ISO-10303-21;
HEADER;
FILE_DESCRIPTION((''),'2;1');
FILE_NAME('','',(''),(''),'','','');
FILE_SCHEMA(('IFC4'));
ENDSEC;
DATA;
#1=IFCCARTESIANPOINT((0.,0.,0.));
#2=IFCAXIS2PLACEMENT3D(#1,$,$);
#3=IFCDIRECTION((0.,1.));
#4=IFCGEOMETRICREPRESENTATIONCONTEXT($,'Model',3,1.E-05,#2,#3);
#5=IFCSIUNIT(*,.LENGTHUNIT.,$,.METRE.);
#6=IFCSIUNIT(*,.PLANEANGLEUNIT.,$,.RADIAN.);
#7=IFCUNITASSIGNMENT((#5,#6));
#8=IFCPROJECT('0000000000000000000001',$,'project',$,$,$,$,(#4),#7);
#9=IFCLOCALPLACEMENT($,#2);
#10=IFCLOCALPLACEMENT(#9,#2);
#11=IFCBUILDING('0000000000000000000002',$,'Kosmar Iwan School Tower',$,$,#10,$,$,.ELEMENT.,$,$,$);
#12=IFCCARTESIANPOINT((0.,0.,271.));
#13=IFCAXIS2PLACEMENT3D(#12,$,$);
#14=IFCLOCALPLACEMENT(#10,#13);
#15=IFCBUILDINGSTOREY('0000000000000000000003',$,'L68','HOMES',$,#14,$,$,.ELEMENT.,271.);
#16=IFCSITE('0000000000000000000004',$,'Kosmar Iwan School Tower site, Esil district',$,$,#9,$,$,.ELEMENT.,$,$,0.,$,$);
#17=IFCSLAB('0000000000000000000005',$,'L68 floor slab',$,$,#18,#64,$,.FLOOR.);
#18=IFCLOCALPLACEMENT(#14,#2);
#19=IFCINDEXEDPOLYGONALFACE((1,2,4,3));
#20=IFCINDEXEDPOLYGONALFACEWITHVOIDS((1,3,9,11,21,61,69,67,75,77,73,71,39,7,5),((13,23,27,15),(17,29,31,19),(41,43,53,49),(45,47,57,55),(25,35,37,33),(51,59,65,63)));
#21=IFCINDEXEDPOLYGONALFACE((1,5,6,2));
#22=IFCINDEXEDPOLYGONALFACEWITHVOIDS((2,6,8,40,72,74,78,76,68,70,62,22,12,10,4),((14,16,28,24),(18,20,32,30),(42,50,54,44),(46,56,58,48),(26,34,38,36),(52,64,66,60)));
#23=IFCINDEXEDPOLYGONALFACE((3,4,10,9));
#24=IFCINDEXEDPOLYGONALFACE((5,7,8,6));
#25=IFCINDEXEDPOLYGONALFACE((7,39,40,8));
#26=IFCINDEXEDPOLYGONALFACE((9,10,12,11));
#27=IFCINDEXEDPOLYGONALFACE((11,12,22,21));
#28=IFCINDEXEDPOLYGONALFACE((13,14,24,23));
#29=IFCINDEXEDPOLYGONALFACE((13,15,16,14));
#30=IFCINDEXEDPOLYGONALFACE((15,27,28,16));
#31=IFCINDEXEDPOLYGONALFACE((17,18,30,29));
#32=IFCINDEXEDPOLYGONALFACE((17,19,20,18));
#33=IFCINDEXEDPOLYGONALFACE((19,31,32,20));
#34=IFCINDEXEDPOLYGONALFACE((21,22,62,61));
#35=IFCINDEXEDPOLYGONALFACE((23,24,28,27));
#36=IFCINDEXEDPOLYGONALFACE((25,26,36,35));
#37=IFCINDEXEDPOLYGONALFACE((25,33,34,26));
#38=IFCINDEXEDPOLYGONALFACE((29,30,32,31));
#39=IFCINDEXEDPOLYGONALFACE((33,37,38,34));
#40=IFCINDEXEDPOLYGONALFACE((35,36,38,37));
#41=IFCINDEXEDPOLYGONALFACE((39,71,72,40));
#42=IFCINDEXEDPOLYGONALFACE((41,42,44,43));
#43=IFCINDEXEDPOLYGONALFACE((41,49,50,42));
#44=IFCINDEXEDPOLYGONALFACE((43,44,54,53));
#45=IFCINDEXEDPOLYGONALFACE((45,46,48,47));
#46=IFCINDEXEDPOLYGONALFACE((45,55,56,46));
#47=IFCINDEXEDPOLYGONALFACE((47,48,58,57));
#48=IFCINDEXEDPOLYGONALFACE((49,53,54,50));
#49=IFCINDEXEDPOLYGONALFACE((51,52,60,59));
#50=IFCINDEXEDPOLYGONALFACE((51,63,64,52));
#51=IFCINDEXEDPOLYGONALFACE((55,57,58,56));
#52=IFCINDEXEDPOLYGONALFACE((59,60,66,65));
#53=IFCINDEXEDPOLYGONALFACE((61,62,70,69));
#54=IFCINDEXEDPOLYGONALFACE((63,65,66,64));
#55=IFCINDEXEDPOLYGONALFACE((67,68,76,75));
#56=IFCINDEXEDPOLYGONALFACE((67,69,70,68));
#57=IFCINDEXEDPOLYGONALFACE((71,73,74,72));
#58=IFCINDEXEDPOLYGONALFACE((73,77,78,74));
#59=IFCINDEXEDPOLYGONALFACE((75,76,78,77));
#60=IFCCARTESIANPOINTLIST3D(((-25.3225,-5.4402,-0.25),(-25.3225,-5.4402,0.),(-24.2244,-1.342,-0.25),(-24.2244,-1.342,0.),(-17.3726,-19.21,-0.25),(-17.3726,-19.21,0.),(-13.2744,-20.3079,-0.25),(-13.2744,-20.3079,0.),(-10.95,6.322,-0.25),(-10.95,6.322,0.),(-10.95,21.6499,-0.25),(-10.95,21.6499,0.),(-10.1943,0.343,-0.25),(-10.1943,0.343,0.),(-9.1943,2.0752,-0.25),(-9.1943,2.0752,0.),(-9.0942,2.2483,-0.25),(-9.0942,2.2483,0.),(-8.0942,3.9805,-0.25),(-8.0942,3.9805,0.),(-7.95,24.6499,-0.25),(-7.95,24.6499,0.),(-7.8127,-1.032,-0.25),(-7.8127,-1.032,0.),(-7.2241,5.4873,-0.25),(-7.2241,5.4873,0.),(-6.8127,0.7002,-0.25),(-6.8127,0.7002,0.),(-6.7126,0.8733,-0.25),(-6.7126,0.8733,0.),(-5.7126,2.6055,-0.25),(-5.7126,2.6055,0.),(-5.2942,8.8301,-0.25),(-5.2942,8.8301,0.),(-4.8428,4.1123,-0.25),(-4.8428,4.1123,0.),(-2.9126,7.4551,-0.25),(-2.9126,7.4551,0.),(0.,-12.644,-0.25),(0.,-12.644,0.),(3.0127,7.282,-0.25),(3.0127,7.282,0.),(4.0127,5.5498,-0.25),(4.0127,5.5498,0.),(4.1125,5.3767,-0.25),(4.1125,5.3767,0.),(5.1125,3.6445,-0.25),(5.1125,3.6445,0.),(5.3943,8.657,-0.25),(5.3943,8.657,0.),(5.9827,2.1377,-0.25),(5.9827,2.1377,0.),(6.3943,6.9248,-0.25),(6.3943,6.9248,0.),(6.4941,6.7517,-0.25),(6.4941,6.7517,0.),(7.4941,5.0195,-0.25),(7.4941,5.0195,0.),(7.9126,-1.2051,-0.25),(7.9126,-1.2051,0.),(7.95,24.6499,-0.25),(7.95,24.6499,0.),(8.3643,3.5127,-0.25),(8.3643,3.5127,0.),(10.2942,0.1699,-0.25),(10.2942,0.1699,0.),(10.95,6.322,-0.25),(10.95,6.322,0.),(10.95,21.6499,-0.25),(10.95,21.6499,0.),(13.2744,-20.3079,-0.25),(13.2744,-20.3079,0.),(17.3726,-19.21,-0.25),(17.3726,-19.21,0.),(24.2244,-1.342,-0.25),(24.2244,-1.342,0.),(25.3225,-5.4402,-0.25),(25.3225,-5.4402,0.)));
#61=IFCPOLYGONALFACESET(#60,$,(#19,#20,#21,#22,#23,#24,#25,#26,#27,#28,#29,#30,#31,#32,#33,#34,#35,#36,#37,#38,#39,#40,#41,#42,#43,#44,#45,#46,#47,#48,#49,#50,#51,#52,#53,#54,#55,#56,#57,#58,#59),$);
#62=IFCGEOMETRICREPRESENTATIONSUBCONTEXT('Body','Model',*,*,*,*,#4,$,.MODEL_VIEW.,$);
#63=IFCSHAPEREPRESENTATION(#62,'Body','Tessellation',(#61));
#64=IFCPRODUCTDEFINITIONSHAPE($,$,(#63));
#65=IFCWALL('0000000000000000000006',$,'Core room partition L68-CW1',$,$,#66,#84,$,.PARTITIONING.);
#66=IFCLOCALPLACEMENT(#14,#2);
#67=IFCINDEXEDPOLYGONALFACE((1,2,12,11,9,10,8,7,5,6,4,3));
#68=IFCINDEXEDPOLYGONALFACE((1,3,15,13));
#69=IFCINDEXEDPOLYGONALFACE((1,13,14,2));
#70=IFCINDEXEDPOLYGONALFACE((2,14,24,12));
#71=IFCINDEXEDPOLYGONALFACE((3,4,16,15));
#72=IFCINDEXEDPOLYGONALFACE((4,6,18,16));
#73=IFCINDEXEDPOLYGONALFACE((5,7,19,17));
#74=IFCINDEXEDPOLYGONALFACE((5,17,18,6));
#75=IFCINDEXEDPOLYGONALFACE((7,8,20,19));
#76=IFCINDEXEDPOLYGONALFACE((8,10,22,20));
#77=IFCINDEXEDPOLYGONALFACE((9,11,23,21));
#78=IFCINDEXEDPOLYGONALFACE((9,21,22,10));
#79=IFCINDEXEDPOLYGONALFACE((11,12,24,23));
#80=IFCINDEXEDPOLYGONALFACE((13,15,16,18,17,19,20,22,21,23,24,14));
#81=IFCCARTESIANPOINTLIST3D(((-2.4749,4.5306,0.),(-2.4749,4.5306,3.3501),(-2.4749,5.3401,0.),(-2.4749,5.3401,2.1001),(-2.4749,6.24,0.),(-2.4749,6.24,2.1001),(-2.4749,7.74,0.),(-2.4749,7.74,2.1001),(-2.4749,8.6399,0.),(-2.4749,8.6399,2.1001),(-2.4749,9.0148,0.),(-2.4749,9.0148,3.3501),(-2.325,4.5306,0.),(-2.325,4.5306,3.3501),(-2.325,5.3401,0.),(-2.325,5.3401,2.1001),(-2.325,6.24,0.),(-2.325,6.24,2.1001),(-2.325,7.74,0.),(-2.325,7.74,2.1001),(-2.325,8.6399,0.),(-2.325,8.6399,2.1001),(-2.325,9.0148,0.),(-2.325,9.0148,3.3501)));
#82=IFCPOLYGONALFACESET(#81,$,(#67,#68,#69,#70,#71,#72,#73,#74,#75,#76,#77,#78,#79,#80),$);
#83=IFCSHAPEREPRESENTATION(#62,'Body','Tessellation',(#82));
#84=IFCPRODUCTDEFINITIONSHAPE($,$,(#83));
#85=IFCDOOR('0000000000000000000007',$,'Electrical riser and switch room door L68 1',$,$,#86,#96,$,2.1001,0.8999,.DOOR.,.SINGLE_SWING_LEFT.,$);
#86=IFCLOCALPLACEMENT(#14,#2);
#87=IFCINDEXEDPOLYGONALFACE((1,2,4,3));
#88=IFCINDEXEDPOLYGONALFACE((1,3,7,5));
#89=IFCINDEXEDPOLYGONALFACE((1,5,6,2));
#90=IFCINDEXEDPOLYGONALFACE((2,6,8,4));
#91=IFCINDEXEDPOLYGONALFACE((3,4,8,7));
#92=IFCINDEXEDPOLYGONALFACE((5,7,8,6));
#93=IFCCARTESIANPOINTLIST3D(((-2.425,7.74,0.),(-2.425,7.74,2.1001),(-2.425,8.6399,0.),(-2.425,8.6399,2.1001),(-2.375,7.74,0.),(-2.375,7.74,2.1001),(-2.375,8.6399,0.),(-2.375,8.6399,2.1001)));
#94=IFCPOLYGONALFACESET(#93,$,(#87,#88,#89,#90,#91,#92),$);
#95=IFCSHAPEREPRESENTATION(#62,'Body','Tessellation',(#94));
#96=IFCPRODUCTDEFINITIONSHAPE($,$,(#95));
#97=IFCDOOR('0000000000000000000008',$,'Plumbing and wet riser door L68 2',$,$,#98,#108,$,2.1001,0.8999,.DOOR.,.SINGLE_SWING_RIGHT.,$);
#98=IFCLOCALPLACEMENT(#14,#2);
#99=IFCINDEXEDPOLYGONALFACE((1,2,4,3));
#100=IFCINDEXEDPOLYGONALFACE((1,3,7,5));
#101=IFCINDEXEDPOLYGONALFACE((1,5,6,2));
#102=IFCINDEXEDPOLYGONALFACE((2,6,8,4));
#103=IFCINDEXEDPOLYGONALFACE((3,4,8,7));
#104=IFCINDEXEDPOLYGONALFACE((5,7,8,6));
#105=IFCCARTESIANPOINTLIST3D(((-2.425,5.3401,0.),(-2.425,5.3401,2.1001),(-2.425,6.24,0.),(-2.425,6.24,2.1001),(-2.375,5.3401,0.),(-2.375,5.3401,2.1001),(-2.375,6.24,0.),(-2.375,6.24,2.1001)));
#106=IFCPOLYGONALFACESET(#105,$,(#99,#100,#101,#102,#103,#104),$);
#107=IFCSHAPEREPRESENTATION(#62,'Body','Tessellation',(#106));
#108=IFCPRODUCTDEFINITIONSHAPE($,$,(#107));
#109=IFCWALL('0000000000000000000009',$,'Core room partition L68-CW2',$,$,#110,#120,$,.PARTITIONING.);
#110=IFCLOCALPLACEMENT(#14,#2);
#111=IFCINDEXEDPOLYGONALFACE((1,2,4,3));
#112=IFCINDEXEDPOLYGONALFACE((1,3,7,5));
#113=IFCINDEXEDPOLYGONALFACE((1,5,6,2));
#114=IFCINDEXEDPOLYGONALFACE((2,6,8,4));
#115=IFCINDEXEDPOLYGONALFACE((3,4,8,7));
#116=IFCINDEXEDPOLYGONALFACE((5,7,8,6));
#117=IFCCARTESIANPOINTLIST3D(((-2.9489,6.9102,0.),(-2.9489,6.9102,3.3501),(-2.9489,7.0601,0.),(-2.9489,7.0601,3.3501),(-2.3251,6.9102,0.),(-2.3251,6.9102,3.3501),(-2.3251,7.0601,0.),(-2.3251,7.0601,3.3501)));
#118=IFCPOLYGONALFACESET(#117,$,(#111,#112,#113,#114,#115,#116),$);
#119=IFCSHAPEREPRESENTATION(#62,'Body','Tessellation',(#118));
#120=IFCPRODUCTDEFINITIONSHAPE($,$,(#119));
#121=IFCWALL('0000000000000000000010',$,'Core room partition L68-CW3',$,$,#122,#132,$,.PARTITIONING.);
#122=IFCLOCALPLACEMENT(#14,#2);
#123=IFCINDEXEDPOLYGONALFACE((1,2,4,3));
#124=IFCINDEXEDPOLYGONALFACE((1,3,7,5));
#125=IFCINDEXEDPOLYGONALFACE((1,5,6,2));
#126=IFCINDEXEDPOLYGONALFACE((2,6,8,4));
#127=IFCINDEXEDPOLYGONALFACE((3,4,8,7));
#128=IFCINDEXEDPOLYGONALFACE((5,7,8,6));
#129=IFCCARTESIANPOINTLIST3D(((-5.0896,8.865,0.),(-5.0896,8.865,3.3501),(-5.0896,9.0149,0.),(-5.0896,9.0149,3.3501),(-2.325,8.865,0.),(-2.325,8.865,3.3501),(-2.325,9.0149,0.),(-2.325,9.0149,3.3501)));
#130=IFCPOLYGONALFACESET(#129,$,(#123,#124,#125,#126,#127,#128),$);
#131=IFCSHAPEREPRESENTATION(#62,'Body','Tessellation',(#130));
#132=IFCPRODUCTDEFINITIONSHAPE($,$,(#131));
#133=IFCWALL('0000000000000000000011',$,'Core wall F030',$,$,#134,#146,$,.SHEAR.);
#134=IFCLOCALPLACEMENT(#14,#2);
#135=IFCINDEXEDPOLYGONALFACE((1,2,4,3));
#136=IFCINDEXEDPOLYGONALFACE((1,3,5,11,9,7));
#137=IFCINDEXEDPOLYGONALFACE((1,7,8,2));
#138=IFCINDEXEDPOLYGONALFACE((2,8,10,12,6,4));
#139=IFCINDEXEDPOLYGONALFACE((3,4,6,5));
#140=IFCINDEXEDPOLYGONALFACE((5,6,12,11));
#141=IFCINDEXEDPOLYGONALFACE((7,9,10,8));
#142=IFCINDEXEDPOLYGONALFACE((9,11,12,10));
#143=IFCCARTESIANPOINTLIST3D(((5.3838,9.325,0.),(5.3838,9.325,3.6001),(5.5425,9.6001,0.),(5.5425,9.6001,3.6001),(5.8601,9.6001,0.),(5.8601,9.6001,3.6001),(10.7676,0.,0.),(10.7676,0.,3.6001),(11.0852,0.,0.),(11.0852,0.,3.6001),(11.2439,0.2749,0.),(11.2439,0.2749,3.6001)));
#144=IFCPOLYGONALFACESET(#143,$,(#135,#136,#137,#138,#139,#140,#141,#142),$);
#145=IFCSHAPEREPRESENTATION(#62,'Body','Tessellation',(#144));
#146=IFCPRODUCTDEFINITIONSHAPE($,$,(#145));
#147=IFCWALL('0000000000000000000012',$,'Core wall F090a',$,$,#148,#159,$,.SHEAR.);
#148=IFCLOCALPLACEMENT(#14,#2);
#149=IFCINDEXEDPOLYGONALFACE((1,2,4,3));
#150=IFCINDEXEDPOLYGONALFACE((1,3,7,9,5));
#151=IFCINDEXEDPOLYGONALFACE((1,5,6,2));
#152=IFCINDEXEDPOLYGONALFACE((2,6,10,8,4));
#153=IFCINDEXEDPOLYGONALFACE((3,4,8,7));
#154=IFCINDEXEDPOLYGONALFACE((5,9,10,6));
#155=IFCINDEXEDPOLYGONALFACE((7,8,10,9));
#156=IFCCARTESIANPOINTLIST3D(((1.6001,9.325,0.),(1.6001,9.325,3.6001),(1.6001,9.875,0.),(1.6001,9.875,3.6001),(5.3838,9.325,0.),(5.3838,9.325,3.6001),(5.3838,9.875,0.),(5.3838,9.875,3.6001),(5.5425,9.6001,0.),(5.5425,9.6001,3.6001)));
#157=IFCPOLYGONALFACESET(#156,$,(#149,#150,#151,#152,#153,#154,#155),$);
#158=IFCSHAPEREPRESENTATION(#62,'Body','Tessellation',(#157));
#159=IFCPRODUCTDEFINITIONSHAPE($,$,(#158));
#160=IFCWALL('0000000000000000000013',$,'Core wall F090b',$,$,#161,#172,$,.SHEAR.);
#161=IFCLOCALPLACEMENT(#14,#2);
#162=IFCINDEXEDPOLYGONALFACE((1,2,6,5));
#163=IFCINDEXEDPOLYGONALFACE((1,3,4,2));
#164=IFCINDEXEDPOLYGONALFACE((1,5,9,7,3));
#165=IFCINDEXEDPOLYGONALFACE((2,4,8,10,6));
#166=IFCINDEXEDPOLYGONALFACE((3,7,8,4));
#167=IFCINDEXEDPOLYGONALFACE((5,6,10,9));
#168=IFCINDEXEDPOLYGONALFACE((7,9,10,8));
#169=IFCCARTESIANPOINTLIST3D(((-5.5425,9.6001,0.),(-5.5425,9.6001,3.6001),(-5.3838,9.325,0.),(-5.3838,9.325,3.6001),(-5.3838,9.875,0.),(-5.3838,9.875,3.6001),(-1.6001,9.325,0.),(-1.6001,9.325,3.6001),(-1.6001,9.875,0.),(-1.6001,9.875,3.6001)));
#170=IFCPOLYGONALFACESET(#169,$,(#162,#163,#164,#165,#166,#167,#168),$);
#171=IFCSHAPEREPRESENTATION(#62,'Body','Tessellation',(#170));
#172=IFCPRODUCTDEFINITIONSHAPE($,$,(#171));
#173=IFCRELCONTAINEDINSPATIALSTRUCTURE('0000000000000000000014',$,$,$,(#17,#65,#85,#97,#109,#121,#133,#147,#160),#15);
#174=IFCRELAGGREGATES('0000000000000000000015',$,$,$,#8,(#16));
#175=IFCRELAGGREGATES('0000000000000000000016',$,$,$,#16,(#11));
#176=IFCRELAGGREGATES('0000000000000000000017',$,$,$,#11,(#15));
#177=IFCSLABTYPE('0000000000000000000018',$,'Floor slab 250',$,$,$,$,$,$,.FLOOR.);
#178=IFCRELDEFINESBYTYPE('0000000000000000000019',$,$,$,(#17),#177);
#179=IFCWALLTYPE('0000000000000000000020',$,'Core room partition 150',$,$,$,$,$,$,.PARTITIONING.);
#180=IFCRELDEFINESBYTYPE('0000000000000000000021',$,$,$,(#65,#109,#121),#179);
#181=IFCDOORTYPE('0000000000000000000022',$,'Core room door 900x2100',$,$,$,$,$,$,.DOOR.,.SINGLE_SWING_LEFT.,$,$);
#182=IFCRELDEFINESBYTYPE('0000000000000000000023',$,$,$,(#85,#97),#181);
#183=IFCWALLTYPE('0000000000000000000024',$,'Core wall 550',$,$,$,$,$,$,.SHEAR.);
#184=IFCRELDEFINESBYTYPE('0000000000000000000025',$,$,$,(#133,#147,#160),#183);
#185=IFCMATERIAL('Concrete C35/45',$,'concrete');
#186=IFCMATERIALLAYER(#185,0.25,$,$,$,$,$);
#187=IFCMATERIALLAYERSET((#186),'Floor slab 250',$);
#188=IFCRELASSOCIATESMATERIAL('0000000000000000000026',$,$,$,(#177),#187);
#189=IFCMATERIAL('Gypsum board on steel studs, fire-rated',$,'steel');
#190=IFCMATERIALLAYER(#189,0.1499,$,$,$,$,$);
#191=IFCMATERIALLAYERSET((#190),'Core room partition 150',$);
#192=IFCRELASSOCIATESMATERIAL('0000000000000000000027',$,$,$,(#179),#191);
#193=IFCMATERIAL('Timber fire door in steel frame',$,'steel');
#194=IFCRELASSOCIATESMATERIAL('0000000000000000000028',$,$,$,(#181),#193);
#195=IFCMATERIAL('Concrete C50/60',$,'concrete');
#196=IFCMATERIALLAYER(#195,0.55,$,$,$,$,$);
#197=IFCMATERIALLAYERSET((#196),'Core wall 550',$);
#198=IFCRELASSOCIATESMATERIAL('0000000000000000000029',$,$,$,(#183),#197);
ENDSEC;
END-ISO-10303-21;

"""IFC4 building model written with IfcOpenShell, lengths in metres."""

from ifc_helpers import new_model, si_unit, direction, frame, frame_2d, origin, place, context, subcontext, project, spatial, polyline, rectangle, outline, extrude, material, layer, layer_set, type_object, element, fill, save


model = new_model("IFC4")

# Units and contexts
model_context = context("Model", 3, precision=1e-05, world=origin(), true_north=direction((0.0, 1.0)))
body_context = subcontext(model_context, "Body", "Model", "MODEL_VIEW")
ifc_project = project(units=[si_unit("LENGTHUNIT", "METRE"), si_unit("PLANEANGLEUNIT", "RADIAN")], contexts=[model_context])

# Site, building, storey
site_placement = place(None, origin())
site = spatial("IfcSite", under=ifc_project, at=site_placement, Name="Kosmar Iwan School Tower site, Esil district", CompositionType="ELEMENT", RefElevation=0.0)
building_placement = place(site_placement, origin())
building = spatial("IfcBuilding", under=site, at=building_placement, Name="Kosmar Iwan School Tower", CompositionType="ELEMENT")
storey_placement = place(building_placement, frame((0.0, 0.0, 271.0)))
storey = spatial("IfcBuildingStorey", under=building, at=storey_placement, Name="L68", Description="HOMES", CompositionType="ELEMENT", Elevation=271.0)

# Slab
ifc_material_1 = material(Name="Concrete C35/45", Category="concrete")
ifc_layer_1 = layer(ifc_material_1, 0.25)
ifc_layer_set_1 = layer_set([ifc_layer_1], Name="Floor slab 250")
slab_type = type_object("IfcSlabType", Name="Floor slab 250", PredefinedType="FLOOR", material=ifc_layer_set_1)
slab_placement = place(storey_placement, frame((0.0, 0.0, -0.25)))
element("IfcSlab", 1, at=slab_placement, inside=storey, type_object=slab_type, Name="L68 floor slab", PredefinedType="FLOOR", context=body_context, shape_type="SweptSolid", body=[
    extrude(outline(polyline([(-13.2744, -20.3079), (0.0, -12.644), (13.2744, -20.3079), (17.3726, -19.21), (25.3225, -5.4402), (24.2244, -1.342), (10.95, 6.322), (10.95, 21.6499), (7.95, 24.6499), (-7.95, 24.6499), (-10.95, 21.6499), (-10.95, 6.322), (-24.2244, -1.342), (-25.3225, -5.4402), (-17.3726, -19.21), (-13.2744, -20.3079)]), holes=[polyline([(7.9126, -1.2051), (10.2942, 0.1699), (8.3643, 3.5127), (5.9827, 2.1377), (7.9126, -1.2051)]), polyline([(-2.9126, 7.4551), (-5.2942, 8.8301), (-7.2241, 5.4873), (-4.8428, 4.1123), (-2.9126, 7.4551)]), polyline([(-5.7126, 2.6055), (-8.0942, 3.9805), (-9.0942, 2.2483), (-6.7126, 0.8733), (-5.7126, 2.6055)]), polyline([(-6.8127, 0.7002), (-9.1943, 2.0752), (-10.1943, 0.343), (-7.8127, -1.032), (-6.8127, 0.7002)]), polyline([(5.1125, 3.6445), (7.4941, 5.0195), (6.4941, 6.7517), (4.1125, 5.3767), (5.1125, 3.6445)]), polyline([(4.0127, 5.5498), (6.3943, 6.9248), (5.3943, 8.657), (3.0127, 7.282), (4.0127, 5.5498)])]), origin(), (0.0, 0.0, 1.0), 0.25),
])

# Wall, openings, doors
ifc_material_2 = material(Name="Gypsum board on steel studs, fire-rated", Category="steel")
ifc_layer_2 = layer(ifc_material_2, 0.1499)
ifc_layer_set_2 = layer_set([ifc_layer_2], Name="Core room partition 150")
wall_type_1 = type_object("IfcWallType", Name="Core room partition 150", PredefinedType="PARTITIONING", material=ifc_layer_set_2)
wall_1_placement = place(storey_placement, frame((-2.3999, 9.0149, 0.0), z_axis=(0.0, 0.0, 1.0), x_axis=(0.0, -1.0, 0.0)))
wall_1 = element("IfcWall", 2, at=wall_1_placement, inside=storey, type_object=wall_type_1, Name="Core room partition L68-CW1", PredefinedType="PARTITIONING", context=body_context, shape_type="SweptSolid", body=[
    extrude(rectangle(XDim=4.4841, YDim=0.1499, at=frame_2d((2.2422, 0.0))), origin(), (0.0, 0.0, 1.0), 3.3501),
])
opening_1_placement = place(wall_1_placement, frame((0.375, 0.0, 0.0)))
opening_1 = element("IfcOpeningElement", 3, at=opening_1_placement, cuts=wall_1, PredefinedType="OPENING", context=body_context, shape_type="SweptSolid", body=[
    extrude(rectangle(XDim=0.8999, YDim=2.1001, at=frame_2d((0.45, 1.05))), frame((0.0, 0.0869, 0.0), z_axis=(0.0, -1.0, 0.0), x_axis=(1.0, 0.0, 0.0)), (0.0, 0.0, 1.0), 0.1738),
])
opening_2_placement = place(wall_1_placement, frame((2.7749, 0.0, 0.0)))
opening_2 = element("IfcOpeningElement", 4, at=opening_2_placement, cuts=wall_1, PredefinedType="OPENING", context=body_context, shape_type="SweptSolid", body=[
    extrude(rectangle(XDim=0.8999, YDim=2.1001, at=frame_2d((0.45, 1.05))), frame((0.0, 0.0869, 0.0), z_axis=(0.0, -1.0, 0.0), x_axis=(1.0, 0.0, 0.0)), (0.0, 0.0, 1.0), 0.1738),
])
ifc_material_3 = material(Name="Timber fire door in steel frame", Category="steel")
door_type_1 = type_object("IfcDoorType", Name="Core room door 900x2100", OperationType="SINGLE_SWING_LEFT", PredefinedType="DOOR", material=ifc_material_3)
door_1_placement = place(opening_1_placement, origin())
door_1 = element("IfcDoor", 5, at=door_1_placement, inside=storey, type_object=door_type_1, Name="Electrical riser and switch room door L68 1", OperationType="SINGLE_SWING_LEFT", OverallHeight=2.1001, OverallWidth=0.8999, PredefinedType="DOOR", context=body_context, shape_type="SweptSolid", body=[
    extrude(rectangle(XDim=0.8999, YDim=2.1001, at=frame_2d((0.45, 1.05))), frame((0.0, 0.0249, 0.0), z_axis=(0.0, -1.0, 0.0), x_axis=(1.0, 0.0, 0.0)), (0.0, 0.0, 1.0), 0.05),
])
fill(opening_1, door_1)
door_2_placement = place(opening_2_placement, origin())
door_2 = element("IfcDoor", 6, at=door_2_placement, inside=storey, type_object=door_type_1, Name="Plumbing and wet riser door L68 2", OperationType="SINGLE_SWING_RIGHT", OverallHeight=2.1001, OverallWidth=0.8999, PredefinedType="DOOR", context=body_context, shape_type="SweptSolid", body=[
    extrude(rectangle(XDim=0.8999, YDim=2.1001, at=frame_2d((0.45, 1.05))), frame((0.0, 0.0249, 0.0), z_axis=(0.0, -1.0, 0.0), x_axis=(1.0, 0.0, 0.0)), (0.0, 0.0, 1.0), 0.05),
])
fill(opening_2, door_2)

# Walls
wall_2_placement = place(storey_placement, frame((-2.325, 6.9851, 0.0), z_axis=(0.0, 0.0, 1.0), x_axis=(-1.0, 0.0, 0.0)))
element("IfcWall", 7, at=wall_2_placement, inside=storey, type_object=wall_type_1, Name="Core room partition L68-CW2", PredefinedType="PARTITIONING", context=body_context, shape_type="SweptSolid", body=[
    extrude(rectangle(XDim=0.6238, YDim=0.1499, at=frame_2d((0.312, 0.0))), origin(), (0.0, 0.0, 1.0), 3.3501),
])
wall_3_placement = place(storey_placement, frame((-5.0896, 8.9399, 0.0), z_axis=(0.0, 0.0, 1.0), x_axis=(1.0, 0.0, 0.0)))
element("IfcWall", 8, at=wall_3_placement, inside=storey, type_object=wall_type_1, Name="Core room partition L68-CW3", PredefinedType="PARTITIONING", context=body_context, shape_type="SweptSolid", body=[
    extrude(rectangle(XDim=2.7646, YDim=0.1499, at=frame_2d((1.3823, 0.0))), origin(), (0.0, 0.0, 1.0), 3.3501),
])
ifc_material_4 = material(Name="Concrete C50/60", Category="concrete")
ifc_layer_3 = layer(ifc_material_4, 0.55)
ifc_layer_set_3 = layer_set([ifc_layer_3], Name="Core wall 550")
wall_type_2 = type_object("IfcWallType", Name="Core wall 550", PredefinedType="SHEAR", material=ifc_layer_set_3)
wall_4_placement = place(storey_placement, origin())
element("IfcWall", 9, at=wall_4_placement, inside=storey, type_object=wall_type_2, Name="Core wall F030", PredefinedType="SHEAR", context=body_context, shape_type="SweptSolid", body=[
    extrude(outline(polyline([(10.7676, 0.0), (11.0852, 0.0), (11.2439, 0.2749), (5.8601, 9.6001), (5.5425, 9.6001), (5.3838, 9.325), (10.7676, 0.0)])), origin(), (0.0, 0.0, 1.0), 3.6001),
])
wall_5_placement = place(storey_placement, origin())
element("IfcWall", 10, at=wall_5_placement, inside=storey, type_object=wall_type_2, Name="Core wall F090a", PredefinedType="SHEAR", context=body_context, shape_type="SweptSolid", body=[
    extrude(outline(polyline([(1.6001, 9.325), (5.3838, 9.325), (5.5425, 9.6001), (5.3838, 9.875), (1.6001, 9.875), (1.6001, 9.325)])), origin(), (0.0, 0.0, 1.0), 3.6001),
])
wall_6_placement = place(storey_placement, origin())
element("IfcWall", 11, at=wall_6_placement, inside=storey, type_object=wall_type_2, Name="Core wall F090b", PredefinedType="SHEAR", context=body_context, shape_type="SweptSolid", body=[
    extrude(outline(polyline([(-5.3838, 9.325), (-1.6001, 9.325), (-1.6001, 9.875), (-5.3838, 9.875), (-5.5425, 9.6001), (-5.3838, 9.325)])), origin(), (0.0, 0.0, 1.0), 3.6001),
])

save(model, "model.ifc")
